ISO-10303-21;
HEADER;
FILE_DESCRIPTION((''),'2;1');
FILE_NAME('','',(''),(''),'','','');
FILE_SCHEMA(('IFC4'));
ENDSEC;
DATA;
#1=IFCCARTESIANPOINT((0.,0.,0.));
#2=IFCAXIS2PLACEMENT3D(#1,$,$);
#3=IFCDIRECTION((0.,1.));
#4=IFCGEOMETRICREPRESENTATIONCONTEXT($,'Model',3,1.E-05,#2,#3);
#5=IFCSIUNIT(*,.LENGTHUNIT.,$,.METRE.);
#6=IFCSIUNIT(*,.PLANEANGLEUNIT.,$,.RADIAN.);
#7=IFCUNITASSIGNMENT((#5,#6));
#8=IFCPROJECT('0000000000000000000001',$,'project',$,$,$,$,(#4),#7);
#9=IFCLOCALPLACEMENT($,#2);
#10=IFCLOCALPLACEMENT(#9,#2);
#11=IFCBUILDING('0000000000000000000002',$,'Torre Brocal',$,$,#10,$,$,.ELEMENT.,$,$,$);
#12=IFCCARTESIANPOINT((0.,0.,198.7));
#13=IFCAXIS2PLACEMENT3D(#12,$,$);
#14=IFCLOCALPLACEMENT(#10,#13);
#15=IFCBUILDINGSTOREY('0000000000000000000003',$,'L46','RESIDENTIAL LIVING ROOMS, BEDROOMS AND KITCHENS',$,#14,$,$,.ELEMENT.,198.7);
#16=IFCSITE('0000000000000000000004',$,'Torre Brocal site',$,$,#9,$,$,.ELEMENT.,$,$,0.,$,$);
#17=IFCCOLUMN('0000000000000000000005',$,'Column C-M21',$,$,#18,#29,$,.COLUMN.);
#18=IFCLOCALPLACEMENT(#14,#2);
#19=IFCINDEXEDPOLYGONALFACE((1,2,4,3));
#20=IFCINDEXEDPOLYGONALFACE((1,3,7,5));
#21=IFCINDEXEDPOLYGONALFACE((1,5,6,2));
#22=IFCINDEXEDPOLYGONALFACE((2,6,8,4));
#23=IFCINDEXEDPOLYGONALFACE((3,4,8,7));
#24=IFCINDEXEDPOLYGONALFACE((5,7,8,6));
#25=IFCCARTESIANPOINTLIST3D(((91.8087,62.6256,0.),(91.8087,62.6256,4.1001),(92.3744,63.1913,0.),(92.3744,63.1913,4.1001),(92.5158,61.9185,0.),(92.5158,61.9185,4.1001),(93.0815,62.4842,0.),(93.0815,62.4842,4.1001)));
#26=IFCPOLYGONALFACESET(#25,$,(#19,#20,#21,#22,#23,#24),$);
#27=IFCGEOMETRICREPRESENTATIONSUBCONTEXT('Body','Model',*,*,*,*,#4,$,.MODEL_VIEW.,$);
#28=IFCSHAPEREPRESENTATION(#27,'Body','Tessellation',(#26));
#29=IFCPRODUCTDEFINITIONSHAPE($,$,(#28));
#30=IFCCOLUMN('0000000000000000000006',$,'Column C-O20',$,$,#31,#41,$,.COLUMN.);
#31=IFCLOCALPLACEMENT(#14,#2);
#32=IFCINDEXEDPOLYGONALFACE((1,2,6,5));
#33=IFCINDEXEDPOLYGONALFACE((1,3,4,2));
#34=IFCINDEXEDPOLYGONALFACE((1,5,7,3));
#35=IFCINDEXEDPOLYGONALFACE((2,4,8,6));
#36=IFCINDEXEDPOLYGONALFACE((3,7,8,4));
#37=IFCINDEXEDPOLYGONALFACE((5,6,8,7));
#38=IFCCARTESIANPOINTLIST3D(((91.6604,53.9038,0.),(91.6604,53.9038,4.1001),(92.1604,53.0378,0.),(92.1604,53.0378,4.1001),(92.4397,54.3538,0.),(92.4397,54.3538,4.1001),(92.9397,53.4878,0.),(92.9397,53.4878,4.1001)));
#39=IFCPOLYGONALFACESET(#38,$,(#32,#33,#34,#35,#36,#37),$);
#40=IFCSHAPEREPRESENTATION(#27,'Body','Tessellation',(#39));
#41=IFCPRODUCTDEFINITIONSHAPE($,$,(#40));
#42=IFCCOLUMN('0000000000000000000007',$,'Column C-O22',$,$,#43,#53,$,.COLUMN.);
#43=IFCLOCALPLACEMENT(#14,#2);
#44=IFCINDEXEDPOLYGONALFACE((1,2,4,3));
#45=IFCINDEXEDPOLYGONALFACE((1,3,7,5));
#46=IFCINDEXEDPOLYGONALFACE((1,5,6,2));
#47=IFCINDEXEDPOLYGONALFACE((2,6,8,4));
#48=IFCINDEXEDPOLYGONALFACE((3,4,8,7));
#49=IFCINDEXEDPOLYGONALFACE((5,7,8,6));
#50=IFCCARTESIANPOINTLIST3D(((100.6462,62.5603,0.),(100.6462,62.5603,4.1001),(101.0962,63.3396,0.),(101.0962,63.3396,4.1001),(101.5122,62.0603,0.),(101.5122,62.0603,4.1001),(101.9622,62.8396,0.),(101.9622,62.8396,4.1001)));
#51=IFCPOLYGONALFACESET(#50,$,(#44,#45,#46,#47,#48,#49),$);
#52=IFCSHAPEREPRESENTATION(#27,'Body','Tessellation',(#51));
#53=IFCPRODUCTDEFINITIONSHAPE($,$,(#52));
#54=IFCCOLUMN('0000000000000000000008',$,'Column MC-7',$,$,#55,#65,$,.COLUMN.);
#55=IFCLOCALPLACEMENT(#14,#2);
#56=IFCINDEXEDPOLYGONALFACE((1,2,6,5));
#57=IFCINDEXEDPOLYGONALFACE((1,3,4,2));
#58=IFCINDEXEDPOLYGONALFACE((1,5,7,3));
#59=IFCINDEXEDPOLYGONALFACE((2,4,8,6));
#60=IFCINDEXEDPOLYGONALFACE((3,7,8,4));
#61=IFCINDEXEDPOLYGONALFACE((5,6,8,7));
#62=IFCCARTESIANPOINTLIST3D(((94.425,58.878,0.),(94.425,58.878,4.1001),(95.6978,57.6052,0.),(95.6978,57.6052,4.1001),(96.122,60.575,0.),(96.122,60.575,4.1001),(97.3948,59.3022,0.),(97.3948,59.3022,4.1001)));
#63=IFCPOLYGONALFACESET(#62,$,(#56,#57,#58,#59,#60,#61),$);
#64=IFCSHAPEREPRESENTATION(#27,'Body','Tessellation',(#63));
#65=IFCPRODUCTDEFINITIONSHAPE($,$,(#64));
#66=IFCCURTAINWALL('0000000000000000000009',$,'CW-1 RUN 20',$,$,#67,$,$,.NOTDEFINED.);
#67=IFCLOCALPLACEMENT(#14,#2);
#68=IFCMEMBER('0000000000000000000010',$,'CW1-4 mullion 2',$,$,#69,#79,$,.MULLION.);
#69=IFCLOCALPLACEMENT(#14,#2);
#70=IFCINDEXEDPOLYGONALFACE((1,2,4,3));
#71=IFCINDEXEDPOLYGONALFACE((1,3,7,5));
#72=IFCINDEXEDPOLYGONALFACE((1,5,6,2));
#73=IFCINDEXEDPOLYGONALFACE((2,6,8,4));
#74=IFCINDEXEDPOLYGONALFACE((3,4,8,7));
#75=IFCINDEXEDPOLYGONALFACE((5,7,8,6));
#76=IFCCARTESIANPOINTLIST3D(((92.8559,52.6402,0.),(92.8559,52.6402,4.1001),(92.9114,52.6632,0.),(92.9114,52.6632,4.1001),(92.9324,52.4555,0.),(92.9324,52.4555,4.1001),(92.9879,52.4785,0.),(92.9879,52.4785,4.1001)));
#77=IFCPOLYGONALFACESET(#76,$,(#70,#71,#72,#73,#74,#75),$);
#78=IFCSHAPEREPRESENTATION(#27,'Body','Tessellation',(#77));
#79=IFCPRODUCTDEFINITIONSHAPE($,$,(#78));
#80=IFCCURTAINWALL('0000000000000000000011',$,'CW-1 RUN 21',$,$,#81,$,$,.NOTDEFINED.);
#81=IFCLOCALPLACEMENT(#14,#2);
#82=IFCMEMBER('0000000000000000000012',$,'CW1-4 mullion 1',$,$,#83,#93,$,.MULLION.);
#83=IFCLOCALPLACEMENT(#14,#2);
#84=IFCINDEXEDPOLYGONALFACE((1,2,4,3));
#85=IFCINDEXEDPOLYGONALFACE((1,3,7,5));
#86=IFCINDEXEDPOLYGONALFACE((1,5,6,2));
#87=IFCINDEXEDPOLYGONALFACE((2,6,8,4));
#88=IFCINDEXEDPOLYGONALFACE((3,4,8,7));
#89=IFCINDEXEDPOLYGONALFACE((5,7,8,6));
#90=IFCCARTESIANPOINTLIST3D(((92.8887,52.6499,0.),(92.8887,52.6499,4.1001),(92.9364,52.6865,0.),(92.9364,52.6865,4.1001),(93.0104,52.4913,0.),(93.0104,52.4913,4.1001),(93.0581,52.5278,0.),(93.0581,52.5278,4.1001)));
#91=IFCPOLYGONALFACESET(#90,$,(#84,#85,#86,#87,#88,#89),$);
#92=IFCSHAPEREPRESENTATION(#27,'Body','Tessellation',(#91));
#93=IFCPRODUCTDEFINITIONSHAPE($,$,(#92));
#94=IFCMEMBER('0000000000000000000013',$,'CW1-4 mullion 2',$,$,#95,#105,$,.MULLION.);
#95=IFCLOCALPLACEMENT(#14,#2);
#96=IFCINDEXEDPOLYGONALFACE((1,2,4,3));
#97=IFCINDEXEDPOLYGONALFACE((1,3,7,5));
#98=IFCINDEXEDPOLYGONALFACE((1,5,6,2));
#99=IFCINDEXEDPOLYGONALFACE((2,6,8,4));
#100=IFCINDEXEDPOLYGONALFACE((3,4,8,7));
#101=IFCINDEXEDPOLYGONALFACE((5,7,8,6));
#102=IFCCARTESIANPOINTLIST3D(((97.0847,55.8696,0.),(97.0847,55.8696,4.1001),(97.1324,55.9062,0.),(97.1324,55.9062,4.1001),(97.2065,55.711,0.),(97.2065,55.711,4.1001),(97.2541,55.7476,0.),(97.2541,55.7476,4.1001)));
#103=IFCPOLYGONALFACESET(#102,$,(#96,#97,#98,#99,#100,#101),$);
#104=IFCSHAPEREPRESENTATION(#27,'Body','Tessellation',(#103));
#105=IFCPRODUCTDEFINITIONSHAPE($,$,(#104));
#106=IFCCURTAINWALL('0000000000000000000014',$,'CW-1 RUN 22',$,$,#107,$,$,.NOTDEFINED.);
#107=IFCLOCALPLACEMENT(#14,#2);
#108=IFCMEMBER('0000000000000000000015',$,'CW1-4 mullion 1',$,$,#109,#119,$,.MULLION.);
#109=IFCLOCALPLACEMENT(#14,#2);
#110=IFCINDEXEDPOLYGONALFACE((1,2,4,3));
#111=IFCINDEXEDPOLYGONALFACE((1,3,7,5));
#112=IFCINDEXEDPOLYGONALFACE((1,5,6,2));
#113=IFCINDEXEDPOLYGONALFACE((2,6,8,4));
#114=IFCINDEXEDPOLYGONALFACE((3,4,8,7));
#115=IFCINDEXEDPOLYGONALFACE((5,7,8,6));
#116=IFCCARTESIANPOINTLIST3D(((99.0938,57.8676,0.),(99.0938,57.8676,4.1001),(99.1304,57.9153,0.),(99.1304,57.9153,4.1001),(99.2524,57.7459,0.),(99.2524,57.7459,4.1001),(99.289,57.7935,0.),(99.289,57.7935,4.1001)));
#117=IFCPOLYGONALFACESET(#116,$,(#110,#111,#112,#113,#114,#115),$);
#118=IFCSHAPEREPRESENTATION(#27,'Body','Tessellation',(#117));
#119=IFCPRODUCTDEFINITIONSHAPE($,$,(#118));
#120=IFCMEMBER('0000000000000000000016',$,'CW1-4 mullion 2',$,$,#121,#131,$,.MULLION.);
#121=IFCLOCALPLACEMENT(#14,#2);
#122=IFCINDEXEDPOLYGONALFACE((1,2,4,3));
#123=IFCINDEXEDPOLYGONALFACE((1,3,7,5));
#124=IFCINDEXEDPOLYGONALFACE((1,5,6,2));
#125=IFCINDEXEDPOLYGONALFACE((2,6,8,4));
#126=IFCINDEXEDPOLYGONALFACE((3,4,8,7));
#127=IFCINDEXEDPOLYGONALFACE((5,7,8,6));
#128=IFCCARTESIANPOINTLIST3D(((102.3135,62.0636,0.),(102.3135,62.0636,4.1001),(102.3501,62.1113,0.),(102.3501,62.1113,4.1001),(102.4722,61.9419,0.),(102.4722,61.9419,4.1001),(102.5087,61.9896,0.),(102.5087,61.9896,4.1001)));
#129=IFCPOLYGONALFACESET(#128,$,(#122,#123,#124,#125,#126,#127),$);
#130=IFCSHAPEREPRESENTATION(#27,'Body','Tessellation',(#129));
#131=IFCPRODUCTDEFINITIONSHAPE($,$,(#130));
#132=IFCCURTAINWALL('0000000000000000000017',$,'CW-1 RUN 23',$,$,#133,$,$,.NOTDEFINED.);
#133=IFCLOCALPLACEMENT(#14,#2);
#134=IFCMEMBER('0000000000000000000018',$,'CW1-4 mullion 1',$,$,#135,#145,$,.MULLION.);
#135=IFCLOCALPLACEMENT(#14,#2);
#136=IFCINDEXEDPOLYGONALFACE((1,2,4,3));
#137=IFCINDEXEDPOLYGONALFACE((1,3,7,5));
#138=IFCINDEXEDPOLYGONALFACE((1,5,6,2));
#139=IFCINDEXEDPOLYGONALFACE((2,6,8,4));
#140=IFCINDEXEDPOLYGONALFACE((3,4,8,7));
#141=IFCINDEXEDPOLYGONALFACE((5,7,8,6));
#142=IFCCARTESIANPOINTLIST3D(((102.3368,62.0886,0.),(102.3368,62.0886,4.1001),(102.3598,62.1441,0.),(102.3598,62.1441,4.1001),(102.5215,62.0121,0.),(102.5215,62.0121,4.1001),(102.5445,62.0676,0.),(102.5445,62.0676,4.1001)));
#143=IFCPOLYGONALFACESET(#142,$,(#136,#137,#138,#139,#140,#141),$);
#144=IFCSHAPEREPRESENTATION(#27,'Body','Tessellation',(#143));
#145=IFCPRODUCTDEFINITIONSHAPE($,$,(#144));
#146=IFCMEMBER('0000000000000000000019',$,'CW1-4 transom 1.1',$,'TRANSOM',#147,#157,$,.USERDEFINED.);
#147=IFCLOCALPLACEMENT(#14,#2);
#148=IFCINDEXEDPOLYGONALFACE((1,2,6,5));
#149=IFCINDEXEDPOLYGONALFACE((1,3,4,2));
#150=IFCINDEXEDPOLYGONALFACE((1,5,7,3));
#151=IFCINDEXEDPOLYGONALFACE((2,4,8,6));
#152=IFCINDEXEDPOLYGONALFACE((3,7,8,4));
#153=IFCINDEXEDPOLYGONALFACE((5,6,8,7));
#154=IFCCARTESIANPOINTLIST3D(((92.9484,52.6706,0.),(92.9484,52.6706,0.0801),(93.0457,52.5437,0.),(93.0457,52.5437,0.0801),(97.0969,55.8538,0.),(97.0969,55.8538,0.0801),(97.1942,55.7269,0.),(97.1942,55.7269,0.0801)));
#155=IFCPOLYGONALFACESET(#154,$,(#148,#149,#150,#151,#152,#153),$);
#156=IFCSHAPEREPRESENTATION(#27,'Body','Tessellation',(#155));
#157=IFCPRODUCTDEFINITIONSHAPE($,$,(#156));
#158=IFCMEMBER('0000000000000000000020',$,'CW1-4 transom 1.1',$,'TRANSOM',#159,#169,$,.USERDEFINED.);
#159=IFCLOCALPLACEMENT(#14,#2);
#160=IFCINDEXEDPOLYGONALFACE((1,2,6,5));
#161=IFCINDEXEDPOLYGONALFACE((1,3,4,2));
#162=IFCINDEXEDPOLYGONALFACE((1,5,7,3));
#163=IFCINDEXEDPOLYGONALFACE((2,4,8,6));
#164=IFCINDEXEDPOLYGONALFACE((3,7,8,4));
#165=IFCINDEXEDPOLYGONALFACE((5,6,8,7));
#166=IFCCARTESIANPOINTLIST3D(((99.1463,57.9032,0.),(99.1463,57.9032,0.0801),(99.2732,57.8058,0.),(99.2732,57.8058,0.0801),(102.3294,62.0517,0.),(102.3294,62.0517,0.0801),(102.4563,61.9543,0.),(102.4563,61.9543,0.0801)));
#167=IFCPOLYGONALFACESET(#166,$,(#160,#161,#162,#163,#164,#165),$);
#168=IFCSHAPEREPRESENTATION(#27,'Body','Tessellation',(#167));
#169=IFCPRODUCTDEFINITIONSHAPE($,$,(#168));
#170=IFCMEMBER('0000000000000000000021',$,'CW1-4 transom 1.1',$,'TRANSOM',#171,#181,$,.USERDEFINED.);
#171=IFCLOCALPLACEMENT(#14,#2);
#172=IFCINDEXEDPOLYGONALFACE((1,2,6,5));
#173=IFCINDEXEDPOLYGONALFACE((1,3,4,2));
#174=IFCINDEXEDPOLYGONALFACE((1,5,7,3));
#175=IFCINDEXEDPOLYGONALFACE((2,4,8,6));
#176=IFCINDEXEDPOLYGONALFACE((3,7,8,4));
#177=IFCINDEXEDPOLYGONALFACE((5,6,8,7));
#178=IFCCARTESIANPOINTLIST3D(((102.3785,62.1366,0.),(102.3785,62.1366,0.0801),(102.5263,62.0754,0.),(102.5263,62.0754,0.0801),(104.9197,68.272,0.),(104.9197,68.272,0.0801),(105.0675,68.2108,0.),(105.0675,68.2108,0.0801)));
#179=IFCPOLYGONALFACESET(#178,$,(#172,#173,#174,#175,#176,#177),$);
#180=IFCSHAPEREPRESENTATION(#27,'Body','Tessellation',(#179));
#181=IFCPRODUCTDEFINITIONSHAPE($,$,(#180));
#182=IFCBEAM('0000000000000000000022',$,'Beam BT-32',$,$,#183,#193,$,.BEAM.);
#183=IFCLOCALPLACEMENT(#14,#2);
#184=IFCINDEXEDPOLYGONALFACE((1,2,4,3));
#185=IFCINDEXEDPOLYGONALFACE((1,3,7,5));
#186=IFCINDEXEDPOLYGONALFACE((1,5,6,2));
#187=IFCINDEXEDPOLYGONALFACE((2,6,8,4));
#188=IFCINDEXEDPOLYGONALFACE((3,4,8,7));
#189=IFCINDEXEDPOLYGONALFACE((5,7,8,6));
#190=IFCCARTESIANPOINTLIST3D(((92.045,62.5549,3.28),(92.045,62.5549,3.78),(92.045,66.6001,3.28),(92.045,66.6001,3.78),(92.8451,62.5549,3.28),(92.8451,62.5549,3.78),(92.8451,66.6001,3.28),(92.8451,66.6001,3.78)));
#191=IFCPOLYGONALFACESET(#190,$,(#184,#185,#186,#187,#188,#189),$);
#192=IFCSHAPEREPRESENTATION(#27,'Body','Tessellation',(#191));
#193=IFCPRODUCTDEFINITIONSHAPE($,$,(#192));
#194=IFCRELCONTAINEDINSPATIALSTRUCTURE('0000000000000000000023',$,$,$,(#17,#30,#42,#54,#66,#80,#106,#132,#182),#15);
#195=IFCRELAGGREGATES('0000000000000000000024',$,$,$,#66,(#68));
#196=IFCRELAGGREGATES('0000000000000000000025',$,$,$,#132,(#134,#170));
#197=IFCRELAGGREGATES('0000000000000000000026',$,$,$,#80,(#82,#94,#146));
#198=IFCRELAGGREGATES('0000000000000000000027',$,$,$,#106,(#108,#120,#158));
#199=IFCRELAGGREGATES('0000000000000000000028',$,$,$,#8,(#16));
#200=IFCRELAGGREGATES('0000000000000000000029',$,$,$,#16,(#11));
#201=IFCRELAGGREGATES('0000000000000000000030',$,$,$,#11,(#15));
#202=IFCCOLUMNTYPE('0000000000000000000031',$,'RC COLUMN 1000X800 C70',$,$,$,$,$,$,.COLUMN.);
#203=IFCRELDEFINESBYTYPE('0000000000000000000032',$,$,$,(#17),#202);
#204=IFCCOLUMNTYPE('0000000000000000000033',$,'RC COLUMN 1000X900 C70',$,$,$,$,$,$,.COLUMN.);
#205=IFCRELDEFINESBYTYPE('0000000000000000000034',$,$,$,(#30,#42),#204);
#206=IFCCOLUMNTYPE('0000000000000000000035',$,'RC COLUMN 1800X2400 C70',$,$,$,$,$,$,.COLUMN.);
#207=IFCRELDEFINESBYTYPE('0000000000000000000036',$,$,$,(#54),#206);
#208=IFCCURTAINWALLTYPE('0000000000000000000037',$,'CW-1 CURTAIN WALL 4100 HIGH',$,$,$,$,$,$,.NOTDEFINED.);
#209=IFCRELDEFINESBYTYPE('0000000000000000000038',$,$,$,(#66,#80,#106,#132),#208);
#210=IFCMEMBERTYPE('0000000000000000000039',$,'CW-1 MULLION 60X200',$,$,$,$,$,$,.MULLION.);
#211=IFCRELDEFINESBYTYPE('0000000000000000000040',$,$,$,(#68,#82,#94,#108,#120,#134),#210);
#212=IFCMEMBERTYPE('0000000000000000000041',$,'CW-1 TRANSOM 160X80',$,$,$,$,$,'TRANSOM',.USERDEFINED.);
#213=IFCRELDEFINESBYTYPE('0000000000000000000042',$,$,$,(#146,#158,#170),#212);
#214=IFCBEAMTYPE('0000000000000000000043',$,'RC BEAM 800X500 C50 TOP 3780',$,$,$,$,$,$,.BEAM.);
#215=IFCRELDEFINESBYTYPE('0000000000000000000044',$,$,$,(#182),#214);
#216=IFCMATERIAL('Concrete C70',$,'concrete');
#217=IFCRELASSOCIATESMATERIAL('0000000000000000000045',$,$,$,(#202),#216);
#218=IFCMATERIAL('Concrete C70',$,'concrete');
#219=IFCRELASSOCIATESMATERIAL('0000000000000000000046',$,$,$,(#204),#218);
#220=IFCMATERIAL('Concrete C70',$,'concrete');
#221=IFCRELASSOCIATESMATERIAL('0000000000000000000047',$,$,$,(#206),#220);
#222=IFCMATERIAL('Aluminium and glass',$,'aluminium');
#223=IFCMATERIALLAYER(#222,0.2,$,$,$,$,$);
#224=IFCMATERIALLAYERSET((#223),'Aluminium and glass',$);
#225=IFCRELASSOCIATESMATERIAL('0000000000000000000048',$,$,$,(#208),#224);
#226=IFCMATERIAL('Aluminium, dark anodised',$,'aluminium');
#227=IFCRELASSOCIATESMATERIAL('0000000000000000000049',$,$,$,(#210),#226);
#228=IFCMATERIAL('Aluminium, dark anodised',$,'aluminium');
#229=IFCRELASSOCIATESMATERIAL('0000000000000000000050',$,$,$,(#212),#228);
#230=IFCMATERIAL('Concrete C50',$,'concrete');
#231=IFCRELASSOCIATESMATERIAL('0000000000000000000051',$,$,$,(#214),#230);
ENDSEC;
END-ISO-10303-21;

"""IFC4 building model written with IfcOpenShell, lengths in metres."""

from ifc_helpers import new_model, si_unit, direction, frame, origin, origin_2d, place, context, subcontext, project, spatial, rectangle, extrude, material, layer, layer_set, material_profile, profile_set, type_object, element, aggregate, save


model = new_model("IFC4")

# Units and contexts
model_context = context("Model", 3, precision=1e-05, world=origin(), true_north=direction((0.0, 1.0)))
body_context = subcontext(model_context, "Body", "Model", "MODEL_VIEW")
ifc_project = project(units=[si_unit("LENGTHUNIT", "METRE"), si_unit("PLANEANGLEUNIT", "RADIAN")], contexts=[model_context])

# Site, building, storey
site_placement = place(None, origin())
site = spatial("IfcSite", under=ifc_project, at=site_placement, Name="Torre Brocal site", CompositionType="ELEMENT", RefElevation=0.0)
building_placement = place(site_placement, origin())
building = spatial("IfcBuilding", under=site, at=building_placement, Name="Torre Brocal", CompositionType="ELEMENT")
storey_placement = place(building_placement, frame((0.0, 0.0, 198.7)))
storey = spatial("IfcBuildingStorey", under=building, at=storey_placement, Name="L46", Description="RESIDENTIAL LIVING ROOMS, BEDROOMS AND KITCHENS", CompositionType="ELEMENT", Elevation=198.7)

# Columns
ifc_material_1 = material(Name="Concrete C70", Category="concrete")
ifc_material_profile_1 = material_profile(ifc_material_1, rectangle(XDim=1.0, YDim=0.8, at=origin_2d()), Name="RC 1000X800")
ifc_profile_set_1 = profile_set([ifc_material_profile_1], Name="Concrete C70")
column_type_1 = type_object("IfcColumnType", Name="RC COLUMN 1000X800 C70", PredefinedType="COLUMN", material=ifc_profile_set_1)
column_1_placement = place(storey_placement, frame((92.4451, 62.5549, 0.0), z_axis=(0.0, 0.0, 1.0), x_axis=(0.707107, -0.707107, 0.0)))
element("IfcColumn", 1, at=column_1_placement, inside=storey, type_object=column_type_1, Name="Column C-M21", PredefinedType="COLUMN", context=body_context, shape_type="SweptSolid", body=[
    extrude(rectangle(XDim=1.0, YDim=0.8, at=origin_2d()), origin(), (0.0, 0.0, 1.0), 4.1001),
])
ifc_material_2 = material(Name="Concrete C70", Category="concrete")
ifc_material_profile_2 = material_profile(ifc_material_2, rectangle(XDim=1.0, YDim=0.8999, at=origin_2d()), Name="RC 1000X900")
ifc_profile_set_2 = profile_set([ifc_material_profile_2], Name="Concrete C70")
column_type_2 = type_object("IfcColumnType", Name="RC COLUMN 1000X900 C70", PredefinedType="COLUMN", material=ifc_profile_set_2)
for number, where, z_axis, x_axis, name in (
    (2, (92.3, 53.6958, 0.0), (0.0, 0.0, 1.0), (0.5, -0.866025, 0.0), "Column C-O20"),
    (3, (101.3042, 62.7, 0.0), (0.0, 0.0, 1.0), (0.866025, -0.5, 0.0), "Column C-O22"),
):
    element("IfcColumn", number, at=place(storey_placement, frame(where, z_axis=z_axis, x_axis=x_axis)), inside=storey, type_object=column_type_2, Name=name, PredefinedType="COLUMN", context=body_context, shape_type="SweptSolid", body=[
        extrude(rectangle(XDim=1.0, YDim=0.8999, at=origin_2d()), origin(), (0.0, 0.0, 1.0), 4.1001),
    ])
ifc_material_3 = material(Name="Concrete C70", Category="concrete")
ifc_material_profile_3 = material_profile(ifc_material_3, rectangle(XDim=1.8, YDim=2.3999, at=origin_2d()), Name="RC 1800X2400")
ifc_profile_set_3 = profile_set([ifc_material_profile_3], Name="Concrete C70")
column_type_3 = type_object("IfcColumnType", Name="RC COLUMN 1800X2400 C70", PredefinedType="COLUMN", material=ifc_profile_set_3)
column_2_placement = place(storey_placement, frame((95.9099, 59.0901, 0.0), z_axis=(0.0, 0.0, 1.0), x_axis=(0.707107, -0.707107, 0.0)))
element("IfcColumn", 4, at=column_2_placement, inside=storey, type_object=column_type_3, Name="Column MC-7", PredefinedType="COLUMN", context=body_context, shape_type="SweptSolid", body=[
    extrude(rectangle(XDim=1.8, YDim=2.3999, at=origin_2d()), origin(), (0.0, 0.0, 1.0), 4.1001),
])

# Curtain wall, member
ifc_material_4 = material(Name="Aluminium and glass", Category="aluminium")
ifc_layer_1 = layer(ifc_material_4, 0.2)
ifc_layer_set_1 = layer_set([ifc_layer_1], Name="Aluminium and glass")
curtain_wall_type = type_object("IfcCurtainWallType", Name="CW-1 CURTAIN WALL 4100 HIGH", PredefinedType="NOTDEFINED", material=ifc_layer_set_1)
curtain_wall_1_placement = place(storey_placement, origin())
curtain_wall_1 = element("IfcCurtainWall", 5, at=curtain_wall_1_placement, inside=storey, type_object=curtain_wall_type, Name="CW-1 RUN 20", PredefinedType="NOTDEFINED")
ifc_material_5 = material(Name="Aluminium, dark anodised", Category="aluminium")
ifc_material_profile_4 = material_profile(ifc_material_5, rectangle(XDim=0.2, YDim=0.0601, at=origin_2d()), Name="CW-1 MULLION 60X200")
ifc_profile_set_4 = profile_set([ifc_material_profile_4], Name="Aluminium, dark anodised")
member_type_1 = type_object("IfcMemberType", Name="CW-1 MULLION 60X200", PredefinedType="MULLION", material=ifc_profile_set_4)
member_1_placement = place(storey_placement, frame((92.9219, 52.5593, 0.0), z_axis=(0.0, 0.0, 1.0), x_axis=(-0.382683, 0.92388, 0.0)))
member_1 = element("IfcMember", 6, at=member_1_placement, type_object=member_type_1, Name="CW1-4 mullion 2", PredefinedType="MULLION", context=body_context, shape_type="SweptSolid", body=[
    extrude(rectangle(XDim=0.2, YDim=0.0601, at=origin_2d()), origin(), (0.0, 0.0, 1.0), 4.1001),
])
aggregate(curtain_wall_1, [member_1])

# Curtain walls, members
curtain_wall_2_placement = place(storey_placement, origin())
curtain_wall_2 = element("IfcCurtainWall", 7, at=curtain_wall_2_placement, inside=storey, type_object=curtain_wall_type, Name="CW-1 RUN 21", PredefinedType="NOTDEFINED")
member_2_placement = place(storey_placement, frame((92.9734, 52.5889, 0.0), z_axis=(0.0, 0.0, 1.0), x_axis=(-0.608761, 0.793353, 0.0)))
member_2 = element("IfcMember", 8, at=member_2_placement, type_object=member_type_1, Name="CW1-4 mullion 1", PredefinedType="MULLION", context=body_context, shape_type="SweptSolid", body=[
    extrude(rectangle(XDim=0.2, YDim=0.0601, at=origin_2d()), origin(), (0.0, 0.0, 1.0), 4.1001),
])
member_3_placement = place(storey_placement, frame((97.1694, 55.8086, 0.0), z_axis=(0.0, 0.0, 1.0), x_axis=(-0.608761, 0.793353, 0.0)))
member_3 = element("IfcMember", 9, at=member_3_placement, type_object=member_type_1, Name="CW1-4 mullion 2", PredefinedType="MULLION", context=body_context, shape_type="SweptSolid", body=[
    extrude(rectangle(XDim=0.2, YDim=0.0601, at=origin_2d()), origin(), (0.0, 0.0, 1.0), 4.1001),
])
curtain_wall_3_placement = place(storey_placement, origin())
curtain_wall_3 = element("IfcCurtainWall", 10, at=curtain_wall_3_placement, inside=storey, type_object=curtain_wall_type, Name="CW-1 RUN 22", PredefinedType="NOTDEFINED")
member_4_placement = place(storey_placement, frame((99.1914, 57.8306, 0.0), z_axis=(0.0, 0.0, 1.0), x_axis=(-0.793353, 0.608761, 0.0)))
member_4 = element("IfcMember", 11, at=member_4_placement, type_object=member_type_1, Name="CW1-4 mullion 1", PredefinedType="MULLION", context=body_context, shape_type="SweptSolid", body=[
    extrude(rectangle(XDim=0.2, YDim=0.0601, at=origin_2d()), origin(), (0.0, 0.0, 1.0), 4.1001),
])
member_5_placement = place(storey_placement, frame((102.4111, 62.0266, 0.0), z_axis=(0.0, 0.0, 1.0), x_axis=(-0.793353, 0.608761, 0.0)))
member_5 = element("IfcMember", 12, at=member_5_placement, type_object=member_type_1, Name="CW1-4 mullion 2", PredefinedType="MULLION", context=body_context, shape_type="SweptSolid", body=[
    extrude(rectangle(XDim=0.2, YDim=0.0601, at=origin_2d()), origin(), (0.0, 0.0, 1.0), 4.1001),
])

# Curtain wall, member
curtain_wall_4_placement = place(storey_placement, origin())
curtain_wall_4 = element("IfcCurtainWall", 13, at=curtain_wall_4_placement, inside=storey, type_object=curtain_wall_type, Name="CW-1 RUN 23", PredefinedType="NOTDEFINED")
member_6_placement = place(storey_placement, frame((102.4407, 62.0781, 0.0), z_axis=(0.0, 0.0, 1.0), x_axis=(-0.92388, 0.382683, 0.0)))
member_6 = element("IfcMember", 14, at=member_6_placement, type_object=member_type_1, Name="CW1-4 mullion 1", PredefinedType="MULLION", context=body_context, shape_type="SweptSolid", body=[
    extrude(rectangle(XDim=0.2, YDim=0.0601, at=origin_2d()), origin(), (0.0, 0.0, 1.0), 4.1001),
])

# Members
ifc_material_6 = material(Name="Aluminium, dark anodised", Category="aluminium")
ifc_material_profile_5 = material_profile(ifc_material_6, rectangle(XDim=0.1599, YDim=0.0801, at=origin_2d()), Name="CW-1 TRANSOM 160X80")
ifc_profile_set_5 = profile_set([ifc_material_profile_5], Name="Aluminium, dark anodised")
member_type_2 = type_object("IfcMemberType", Name="CW-1 TRANSOM 160X80", ElementType="TRANSOM", PredefinedType="USERDEFINED", material=ifc_profile_set_5)
member_7_placement = place(storey_placement, frame((92.9971, 52.6072, 0.04), z_axis=(0.793363, 0.608749, 0.0), x_axis=(-0.608749, 0.793363, 0.0)))
member_7 = element("IfcMember", 15, at=member_7_placement, type_object=member_type_2, Name="CW1-4 transom 1.1", ObjectType="TRANSOM", PredefinedType="USERDEFINED", context=body_context, shape_type="SweptSolid", body=[
    extrude(rectangle(XDim=0.1599, YDim=0.0801, at=origin_2d()), origin(), (0.0, 0.0, 1.0), 5.229),
])
member_8_placement = place(storey_placement, frame((99.2097, 57.8545, 0.04), z_axis=(0.608749, 0.793363, 0.0), x_axis=(-0.793363, 0.608749, 0.0)))
member_8 = element("IfcMember", 16, at=member_8_placement, type_object=member_type_2, Name="CW1-4 transom 1.1", ObjectType="TRANSOM", PredefinedType="USERDEFINED", context=body_context, shape_type="SweptSolid", body=[
    extrude(rectangle(XDim=0.1599, YDim=0.0801, at=origin_2d()), origin(), (0.0, 0.0, 1.0), 5.229),
])
member_9_placement = place(storey_placement, frame((102.4524, 62.106, 0.04), z_axis=(0.382665, 0.923887, 0.0), x_axis=(-0.923887, 0.382665, 0.0)))
member_9 = element("IfcMember", 17, at=member_9_placement, type_object=member_type_2, Name="CW1-4 transom 1.1", ObjectType="TRANSOM", PredefinedType="USERDEFINED", context=body_context, shape_type="SweptSolid", body=[
    extrude(rectangle(XDim=0.1599, YDim=0.0801, at=origin_2d()), origin(), (0.0, 0.0, 1.0), 6.6409),
])
aggregate(curtain_wall_4, [member_6, member_9])

# Beam
ifc_material_7 = material(Name="Concrete C50", Category="concrete")
ifc_material_profile_6 = material_profile(ifc_material_7, rectangle(XDim=0.8, YDim=0.5, at=origin_2d()), Name="RC 800X500")
ifc_profile_set_6 = profile_set([ifc_material_profile_6], Name="Concrete C50")
beam_type_1 = type_object("IfcBeamType", Name="RC BEAM 800X500 C50 TOP 3780", PredefinedType="BEAM", material=ifc_profile_set_6)
beam_placement = place(storey_placement, frame((92.4451, 62.5549, 3.53), z_axis=(0.0, 1.0, 0.0), x_axis=(-1.0, 0.0, 0.0)))
element("IfcBeam", 18, at=beam_placement, inside=storey, type_object=beam_type_1, Name="Beam BT-32", PredefinedType="BEAM", context=body_context, shape_type="SweptSolid", body=[
    extrude(rectangle(XDim=0.8, YDim=0.5, at=origin_2d()), origin(), (0.0, 0.0, 1.0), 4.0452),
])

aggregate(curtain_wall_2, [member_2, member_3, member_7])
aggregate(curtain_wall_3, [member_4, member_5, member_8])

save(model, "model.ifc")
